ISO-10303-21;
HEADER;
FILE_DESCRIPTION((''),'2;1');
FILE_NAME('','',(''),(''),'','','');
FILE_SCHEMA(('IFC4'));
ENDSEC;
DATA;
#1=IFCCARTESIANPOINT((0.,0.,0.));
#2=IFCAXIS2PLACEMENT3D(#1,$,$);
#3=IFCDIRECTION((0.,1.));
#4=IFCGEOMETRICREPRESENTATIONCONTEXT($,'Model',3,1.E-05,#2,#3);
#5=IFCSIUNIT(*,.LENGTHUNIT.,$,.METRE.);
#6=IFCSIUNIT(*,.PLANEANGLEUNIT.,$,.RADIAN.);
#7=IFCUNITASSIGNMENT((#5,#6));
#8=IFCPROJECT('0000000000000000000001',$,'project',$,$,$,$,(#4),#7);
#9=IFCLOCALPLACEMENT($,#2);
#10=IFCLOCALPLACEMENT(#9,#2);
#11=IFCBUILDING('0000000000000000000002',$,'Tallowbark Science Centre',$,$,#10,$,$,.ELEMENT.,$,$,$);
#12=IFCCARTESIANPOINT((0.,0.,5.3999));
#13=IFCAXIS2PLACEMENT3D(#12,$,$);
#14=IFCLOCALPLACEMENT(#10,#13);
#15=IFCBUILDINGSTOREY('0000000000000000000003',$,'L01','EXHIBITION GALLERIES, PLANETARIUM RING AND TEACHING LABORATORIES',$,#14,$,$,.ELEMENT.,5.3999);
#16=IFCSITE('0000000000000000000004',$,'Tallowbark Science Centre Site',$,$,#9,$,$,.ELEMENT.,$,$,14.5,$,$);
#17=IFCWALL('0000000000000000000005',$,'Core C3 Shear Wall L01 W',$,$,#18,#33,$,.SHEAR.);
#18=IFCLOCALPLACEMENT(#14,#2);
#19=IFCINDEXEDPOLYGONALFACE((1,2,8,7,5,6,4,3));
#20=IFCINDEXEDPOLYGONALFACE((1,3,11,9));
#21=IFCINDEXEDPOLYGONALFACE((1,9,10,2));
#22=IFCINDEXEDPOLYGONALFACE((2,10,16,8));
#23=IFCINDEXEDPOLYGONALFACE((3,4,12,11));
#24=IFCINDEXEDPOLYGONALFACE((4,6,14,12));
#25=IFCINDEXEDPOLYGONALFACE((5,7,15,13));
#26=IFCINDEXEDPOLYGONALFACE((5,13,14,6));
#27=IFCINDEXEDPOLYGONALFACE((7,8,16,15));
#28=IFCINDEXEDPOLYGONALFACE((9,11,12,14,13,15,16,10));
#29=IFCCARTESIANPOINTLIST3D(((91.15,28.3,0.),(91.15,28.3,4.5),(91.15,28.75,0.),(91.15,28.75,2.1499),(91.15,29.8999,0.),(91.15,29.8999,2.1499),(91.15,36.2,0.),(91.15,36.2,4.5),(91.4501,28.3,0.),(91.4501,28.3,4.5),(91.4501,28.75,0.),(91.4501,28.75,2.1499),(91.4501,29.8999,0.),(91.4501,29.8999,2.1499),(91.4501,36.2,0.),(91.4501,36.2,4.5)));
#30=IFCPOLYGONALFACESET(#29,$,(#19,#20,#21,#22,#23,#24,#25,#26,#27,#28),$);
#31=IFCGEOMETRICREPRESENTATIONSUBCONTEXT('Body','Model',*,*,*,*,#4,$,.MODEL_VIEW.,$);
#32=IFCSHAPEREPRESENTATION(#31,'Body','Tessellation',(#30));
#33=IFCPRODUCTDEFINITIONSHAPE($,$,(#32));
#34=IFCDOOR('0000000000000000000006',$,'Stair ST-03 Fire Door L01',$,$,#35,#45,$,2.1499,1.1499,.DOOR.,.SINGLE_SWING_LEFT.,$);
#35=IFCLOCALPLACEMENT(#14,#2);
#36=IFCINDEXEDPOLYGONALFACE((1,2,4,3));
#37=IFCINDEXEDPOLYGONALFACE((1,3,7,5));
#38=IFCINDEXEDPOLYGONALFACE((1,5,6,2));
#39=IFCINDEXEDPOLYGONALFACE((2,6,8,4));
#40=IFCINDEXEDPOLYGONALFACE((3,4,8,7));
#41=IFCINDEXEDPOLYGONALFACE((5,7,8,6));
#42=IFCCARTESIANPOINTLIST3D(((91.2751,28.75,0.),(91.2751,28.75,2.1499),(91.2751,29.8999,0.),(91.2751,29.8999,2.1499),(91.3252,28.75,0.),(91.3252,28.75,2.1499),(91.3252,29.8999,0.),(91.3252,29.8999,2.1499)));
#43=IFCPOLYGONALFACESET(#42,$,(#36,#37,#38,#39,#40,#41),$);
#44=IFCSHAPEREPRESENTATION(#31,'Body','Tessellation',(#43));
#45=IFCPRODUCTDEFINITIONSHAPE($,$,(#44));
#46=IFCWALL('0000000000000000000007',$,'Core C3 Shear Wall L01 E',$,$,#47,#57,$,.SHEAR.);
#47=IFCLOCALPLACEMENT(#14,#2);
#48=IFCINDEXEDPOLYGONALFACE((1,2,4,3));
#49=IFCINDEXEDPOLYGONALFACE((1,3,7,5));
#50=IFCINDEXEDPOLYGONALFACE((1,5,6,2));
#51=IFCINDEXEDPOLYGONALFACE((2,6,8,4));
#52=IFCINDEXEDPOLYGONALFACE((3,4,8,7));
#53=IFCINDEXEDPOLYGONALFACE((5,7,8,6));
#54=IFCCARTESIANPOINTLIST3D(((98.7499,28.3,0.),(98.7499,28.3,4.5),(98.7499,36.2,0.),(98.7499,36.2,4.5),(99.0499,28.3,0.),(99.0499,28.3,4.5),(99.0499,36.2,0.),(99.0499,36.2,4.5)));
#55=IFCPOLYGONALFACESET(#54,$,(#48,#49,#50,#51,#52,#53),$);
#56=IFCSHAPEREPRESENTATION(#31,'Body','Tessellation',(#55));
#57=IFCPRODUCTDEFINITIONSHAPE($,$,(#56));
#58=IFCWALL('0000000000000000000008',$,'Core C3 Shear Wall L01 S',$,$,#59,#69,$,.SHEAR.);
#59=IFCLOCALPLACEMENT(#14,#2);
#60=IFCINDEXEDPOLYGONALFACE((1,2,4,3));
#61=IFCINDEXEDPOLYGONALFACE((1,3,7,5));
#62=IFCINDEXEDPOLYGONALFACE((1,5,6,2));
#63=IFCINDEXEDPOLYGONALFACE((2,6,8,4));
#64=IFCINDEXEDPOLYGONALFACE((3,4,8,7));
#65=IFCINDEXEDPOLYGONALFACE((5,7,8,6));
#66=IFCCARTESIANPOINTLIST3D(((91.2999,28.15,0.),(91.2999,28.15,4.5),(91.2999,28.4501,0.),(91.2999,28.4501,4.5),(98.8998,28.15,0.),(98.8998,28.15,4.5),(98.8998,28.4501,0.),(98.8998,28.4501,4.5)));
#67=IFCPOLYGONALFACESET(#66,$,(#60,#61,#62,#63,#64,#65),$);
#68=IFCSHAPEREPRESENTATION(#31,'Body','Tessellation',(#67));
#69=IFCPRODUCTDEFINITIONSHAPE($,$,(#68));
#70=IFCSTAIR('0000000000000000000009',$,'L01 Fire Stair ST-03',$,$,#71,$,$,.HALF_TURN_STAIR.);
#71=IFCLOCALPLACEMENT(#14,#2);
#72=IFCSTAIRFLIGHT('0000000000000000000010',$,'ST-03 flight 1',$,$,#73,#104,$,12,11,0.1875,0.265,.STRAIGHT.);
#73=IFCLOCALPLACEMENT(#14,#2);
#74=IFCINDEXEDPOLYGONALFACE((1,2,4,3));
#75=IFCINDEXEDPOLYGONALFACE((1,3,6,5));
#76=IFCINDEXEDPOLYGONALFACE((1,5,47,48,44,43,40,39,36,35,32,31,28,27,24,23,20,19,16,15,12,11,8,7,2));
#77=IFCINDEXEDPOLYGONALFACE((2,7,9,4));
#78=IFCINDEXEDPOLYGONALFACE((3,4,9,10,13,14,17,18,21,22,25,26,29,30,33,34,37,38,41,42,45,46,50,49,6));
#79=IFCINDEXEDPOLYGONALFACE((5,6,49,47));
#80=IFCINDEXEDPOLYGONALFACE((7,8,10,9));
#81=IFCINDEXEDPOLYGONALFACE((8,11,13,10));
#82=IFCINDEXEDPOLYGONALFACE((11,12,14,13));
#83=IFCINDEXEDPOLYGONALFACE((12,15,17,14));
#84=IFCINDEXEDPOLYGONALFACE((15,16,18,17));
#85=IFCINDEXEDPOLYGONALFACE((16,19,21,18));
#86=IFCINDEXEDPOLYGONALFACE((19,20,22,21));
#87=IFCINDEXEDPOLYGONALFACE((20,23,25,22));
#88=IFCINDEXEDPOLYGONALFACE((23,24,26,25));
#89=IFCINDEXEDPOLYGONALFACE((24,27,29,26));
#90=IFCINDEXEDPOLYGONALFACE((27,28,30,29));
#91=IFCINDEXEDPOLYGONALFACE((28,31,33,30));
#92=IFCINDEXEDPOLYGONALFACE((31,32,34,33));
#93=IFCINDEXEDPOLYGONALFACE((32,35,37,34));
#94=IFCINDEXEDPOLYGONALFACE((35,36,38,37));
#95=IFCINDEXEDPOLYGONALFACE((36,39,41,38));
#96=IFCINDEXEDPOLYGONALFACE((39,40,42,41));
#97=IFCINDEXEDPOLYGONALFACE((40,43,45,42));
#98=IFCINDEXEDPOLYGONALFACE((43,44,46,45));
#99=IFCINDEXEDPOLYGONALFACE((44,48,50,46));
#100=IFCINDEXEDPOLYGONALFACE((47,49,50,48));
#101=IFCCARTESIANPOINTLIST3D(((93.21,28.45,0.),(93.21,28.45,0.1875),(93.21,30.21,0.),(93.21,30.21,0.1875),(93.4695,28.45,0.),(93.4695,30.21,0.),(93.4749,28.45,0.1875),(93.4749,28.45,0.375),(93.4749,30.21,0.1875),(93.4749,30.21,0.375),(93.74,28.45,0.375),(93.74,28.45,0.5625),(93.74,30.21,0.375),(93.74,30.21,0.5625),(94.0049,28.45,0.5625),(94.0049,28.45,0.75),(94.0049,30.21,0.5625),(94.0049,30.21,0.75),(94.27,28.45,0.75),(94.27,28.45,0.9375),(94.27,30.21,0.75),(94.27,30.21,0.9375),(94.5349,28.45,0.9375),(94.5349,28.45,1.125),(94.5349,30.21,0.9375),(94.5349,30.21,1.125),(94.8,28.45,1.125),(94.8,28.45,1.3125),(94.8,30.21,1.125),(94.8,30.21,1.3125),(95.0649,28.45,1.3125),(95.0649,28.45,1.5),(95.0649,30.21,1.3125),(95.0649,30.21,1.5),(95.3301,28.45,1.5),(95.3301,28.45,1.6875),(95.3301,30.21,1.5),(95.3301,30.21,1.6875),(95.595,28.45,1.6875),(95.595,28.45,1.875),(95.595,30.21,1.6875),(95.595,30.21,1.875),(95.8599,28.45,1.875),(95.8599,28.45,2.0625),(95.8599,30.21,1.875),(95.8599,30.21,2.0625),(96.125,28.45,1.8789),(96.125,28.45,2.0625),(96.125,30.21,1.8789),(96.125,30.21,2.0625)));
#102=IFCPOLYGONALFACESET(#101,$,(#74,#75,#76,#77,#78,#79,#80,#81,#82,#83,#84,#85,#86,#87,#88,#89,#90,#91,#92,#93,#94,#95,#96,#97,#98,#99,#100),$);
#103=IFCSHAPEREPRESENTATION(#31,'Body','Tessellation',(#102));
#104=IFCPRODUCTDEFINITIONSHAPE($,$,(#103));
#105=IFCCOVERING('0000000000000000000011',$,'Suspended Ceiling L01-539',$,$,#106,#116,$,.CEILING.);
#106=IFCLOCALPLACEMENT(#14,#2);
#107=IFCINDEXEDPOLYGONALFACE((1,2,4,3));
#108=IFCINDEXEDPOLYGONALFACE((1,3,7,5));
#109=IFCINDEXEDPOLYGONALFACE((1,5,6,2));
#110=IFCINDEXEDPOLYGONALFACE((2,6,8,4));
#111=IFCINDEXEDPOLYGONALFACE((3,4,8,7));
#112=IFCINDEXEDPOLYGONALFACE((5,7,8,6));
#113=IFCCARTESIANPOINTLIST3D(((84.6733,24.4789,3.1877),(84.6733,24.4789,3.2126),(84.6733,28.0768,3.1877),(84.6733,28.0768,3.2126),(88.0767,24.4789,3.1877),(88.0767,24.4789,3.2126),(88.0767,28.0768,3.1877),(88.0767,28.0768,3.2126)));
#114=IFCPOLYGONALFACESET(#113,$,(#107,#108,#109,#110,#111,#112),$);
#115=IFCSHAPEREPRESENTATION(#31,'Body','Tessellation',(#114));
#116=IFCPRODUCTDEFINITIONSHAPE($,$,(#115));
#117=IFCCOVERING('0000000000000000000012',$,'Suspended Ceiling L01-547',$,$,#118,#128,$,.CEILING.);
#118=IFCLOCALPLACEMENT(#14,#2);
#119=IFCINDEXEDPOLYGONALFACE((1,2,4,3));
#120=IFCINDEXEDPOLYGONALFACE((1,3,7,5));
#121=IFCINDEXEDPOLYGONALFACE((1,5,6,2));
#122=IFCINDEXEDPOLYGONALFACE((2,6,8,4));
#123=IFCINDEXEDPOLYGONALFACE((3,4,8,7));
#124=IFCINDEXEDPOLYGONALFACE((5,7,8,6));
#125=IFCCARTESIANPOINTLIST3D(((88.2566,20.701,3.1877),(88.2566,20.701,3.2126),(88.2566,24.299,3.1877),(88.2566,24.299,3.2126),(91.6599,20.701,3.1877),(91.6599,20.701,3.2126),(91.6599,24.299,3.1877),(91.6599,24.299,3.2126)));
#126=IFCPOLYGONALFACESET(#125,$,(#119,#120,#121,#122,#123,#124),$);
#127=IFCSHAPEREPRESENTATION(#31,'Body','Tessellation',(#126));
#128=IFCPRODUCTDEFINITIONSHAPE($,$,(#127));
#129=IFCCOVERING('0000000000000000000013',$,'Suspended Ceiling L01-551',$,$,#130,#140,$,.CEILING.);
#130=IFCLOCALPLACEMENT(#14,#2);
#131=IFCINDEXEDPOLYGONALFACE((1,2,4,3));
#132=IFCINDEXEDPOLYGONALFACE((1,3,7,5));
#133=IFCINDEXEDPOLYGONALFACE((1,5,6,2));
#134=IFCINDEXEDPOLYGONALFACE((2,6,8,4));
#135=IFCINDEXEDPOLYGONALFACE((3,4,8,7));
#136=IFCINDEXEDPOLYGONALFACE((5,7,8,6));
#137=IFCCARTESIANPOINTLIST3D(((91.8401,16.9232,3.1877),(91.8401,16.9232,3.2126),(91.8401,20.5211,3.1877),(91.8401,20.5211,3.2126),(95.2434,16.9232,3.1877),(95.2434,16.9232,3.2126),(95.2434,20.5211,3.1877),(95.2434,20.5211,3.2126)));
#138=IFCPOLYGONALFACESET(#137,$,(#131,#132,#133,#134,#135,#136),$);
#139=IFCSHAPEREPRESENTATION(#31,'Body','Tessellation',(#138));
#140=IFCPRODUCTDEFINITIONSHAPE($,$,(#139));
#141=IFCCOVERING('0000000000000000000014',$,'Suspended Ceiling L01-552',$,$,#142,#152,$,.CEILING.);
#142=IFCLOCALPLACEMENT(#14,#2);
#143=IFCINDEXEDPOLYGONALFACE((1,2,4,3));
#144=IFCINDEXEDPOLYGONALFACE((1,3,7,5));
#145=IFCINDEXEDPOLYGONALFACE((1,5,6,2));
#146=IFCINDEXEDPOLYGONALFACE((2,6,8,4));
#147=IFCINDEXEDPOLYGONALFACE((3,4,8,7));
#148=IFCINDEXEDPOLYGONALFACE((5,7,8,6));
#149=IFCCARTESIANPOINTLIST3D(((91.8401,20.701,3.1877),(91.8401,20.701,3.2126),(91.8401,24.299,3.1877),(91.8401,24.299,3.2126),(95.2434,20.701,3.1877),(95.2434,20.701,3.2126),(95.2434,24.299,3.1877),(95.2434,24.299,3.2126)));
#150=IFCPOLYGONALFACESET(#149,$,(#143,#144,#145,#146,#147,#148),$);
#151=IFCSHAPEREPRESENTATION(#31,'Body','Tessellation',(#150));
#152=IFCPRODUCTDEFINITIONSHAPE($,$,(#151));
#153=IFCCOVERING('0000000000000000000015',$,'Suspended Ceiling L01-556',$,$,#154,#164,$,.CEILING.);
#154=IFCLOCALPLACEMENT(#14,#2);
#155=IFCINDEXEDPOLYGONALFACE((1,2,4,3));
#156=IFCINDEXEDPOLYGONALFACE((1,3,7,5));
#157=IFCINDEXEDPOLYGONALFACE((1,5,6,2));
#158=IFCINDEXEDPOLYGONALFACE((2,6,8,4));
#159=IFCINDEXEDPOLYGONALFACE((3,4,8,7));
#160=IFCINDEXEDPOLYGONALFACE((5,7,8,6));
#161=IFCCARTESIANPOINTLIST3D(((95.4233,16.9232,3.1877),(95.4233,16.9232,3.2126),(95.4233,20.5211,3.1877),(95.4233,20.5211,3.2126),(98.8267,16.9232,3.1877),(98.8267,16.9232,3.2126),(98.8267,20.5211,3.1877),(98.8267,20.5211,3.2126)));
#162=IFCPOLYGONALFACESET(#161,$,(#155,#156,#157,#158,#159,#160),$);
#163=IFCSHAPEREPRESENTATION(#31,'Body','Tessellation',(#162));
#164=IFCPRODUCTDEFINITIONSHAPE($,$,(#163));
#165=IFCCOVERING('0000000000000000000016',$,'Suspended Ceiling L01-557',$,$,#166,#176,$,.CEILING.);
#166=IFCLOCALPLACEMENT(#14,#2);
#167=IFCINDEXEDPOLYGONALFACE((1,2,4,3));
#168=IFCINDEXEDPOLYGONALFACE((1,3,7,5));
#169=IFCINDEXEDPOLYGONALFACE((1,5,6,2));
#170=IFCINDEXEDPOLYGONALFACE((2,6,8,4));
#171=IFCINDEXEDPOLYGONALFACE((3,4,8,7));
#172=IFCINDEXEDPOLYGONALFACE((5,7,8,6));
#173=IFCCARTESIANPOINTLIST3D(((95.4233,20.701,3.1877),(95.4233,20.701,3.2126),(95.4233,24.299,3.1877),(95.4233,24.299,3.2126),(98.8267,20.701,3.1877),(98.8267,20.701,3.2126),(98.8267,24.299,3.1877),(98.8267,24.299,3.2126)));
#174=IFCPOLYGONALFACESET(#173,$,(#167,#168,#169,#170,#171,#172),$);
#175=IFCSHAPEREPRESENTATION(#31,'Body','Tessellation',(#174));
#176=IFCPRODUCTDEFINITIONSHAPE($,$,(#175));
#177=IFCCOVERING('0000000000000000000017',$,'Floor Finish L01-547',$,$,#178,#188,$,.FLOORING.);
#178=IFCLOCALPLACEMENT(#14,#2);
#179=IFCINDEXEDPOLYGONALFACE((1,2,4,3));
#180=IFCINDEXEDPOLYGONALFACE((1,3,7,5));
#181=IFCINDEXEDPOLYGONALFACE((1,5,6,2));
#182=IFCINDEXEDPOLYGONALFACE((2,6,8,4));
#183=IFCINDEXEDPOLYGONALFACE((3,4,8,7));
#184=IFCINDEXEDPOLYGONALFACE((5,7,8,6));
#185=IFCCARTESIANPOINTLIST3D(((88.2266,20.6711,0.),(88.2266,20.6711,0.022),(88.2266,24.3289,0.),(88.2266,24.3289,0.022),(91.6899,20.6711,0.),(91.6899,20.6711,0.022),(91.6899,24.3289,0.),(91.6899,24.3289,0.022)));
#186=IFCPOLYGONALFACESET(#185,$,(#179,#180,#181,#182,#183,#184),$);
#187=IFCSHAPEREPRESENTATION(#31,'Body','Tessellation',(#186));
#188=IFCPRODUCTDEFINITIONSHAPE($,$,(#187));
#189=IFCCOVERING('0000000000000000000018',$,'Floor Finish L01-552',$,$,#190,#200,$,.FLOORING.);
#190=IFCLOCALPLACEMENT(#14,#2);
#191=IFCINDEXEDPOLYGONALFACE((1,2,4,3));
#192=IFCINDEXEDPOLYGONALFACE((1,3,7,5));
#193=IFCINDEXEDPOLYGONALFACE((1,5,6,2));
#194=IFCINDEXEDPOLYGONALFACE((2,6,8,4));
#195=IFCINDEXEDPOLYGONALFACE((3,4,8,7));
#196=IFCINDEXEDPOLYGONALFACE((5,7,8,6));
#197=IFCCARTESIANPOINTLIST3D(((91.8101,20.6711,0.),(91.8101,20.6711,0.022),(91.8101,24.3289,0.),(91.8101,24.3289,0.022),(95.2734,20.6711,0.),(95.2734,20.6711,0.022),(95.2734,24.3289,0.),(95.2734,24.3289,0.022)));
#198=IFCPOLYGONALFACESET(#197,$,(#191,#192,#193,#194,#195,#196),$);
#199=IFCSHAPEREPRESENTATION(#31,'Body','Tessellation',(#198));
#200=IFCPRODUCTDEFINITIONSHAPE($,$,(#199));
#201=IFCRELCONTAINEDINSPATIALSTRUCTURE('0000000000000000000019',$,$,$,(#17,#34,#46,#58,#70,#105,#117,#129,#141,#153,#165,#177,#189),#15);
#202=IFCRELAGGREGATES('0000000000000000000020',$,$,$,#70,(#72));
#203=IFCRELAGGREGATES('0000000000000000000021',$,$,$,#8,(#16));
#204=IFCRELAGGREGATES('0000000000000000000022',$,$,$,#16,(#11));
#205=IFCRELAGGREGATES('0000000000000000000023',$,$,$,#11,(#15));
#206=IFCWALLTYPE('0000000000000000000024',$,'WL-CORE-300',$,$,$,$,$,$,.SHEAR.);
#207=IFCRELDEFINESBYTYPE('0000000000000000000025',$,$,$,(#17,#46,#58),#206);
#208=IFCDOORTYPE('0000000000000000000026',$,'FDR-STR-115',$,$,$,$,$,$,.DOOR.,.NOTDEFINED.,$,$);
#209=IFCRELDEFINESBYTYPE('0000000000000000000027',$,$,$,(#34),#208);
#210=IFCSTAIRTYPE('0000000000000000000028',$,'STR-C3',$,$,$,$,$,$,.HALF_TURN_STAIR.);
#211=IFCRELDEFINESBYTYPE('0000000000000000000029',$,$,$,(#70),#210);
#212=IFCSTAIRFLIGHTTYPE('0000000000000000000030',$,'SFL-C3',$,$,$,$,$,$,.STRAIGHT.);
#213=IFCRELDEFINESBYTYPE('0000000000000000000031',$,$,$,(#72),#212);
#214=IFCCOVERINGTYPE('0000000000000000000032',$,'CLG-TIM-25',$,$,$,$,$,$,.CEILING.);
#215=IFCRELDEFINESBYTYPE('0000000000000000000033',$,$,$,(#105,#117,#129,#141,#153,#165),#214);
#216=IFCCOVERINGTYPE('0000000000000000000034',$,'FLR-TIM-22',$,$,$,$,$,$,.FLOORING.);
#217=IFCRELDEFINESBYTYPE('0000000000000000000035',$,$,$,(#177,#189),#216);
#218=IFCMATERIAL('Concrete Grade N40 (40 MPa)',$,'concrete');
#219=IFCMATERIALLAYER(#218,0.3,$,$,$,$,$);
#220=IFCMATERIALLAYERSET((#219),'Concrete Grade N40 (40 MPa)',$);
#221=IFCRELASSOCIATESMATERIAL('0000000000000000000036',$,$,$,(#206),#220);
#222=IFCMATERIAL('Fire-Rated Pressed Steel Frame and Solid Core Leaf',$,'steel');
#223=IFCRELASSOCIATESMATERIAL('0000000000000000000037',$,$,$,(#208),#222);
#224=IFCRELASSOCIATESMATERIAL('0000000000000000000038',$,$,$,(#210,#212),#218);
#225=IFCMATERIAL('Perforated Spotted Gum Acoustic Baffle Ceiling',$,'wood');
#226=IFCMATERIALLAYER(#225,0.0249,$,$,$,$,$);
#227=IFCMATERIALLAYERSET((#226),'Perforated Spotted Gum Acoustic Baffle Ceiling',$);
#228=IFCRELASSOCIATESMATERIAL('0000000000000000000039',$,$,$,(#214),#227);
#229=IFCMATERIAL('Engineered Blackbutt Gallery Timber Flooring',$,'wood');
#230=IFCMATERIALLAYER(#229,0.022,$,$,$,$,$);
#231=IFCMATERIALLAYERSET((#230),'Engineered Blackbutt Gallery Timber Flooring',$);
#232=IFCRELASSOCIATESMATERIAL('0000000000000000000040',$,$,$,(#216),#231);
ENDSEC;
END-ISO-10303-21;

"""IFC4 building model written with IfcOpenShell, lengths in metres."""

from ifc_helpers import new_model, si_unit, direction, frame, frame_2d, origin, origin_2d, place, context, subcontext, project, spatial, polyline, rectangle, outline, extrude, material, layer, layer_set, type_object, element, fill, aggregate, save


model = new_model("IFC4")

# Units and contexts
model_context = context("Model", 3, precision=1e-05, world=origin(), true_north=direction((0.0, 1.0)))
body_context = subcontext(model_context, "Body", "Model", "MODEL_VIEW")
ifc_project = project(units=[si_unit("LENGTHUNIT", "METRE"), si_unit("PLANEANGLEUNIT", "RADIAN")], contexts=[model_context])

# Site, building, storey
site_placement = place(None, origin())
site = spatial("IfcSite", under=ifc_project, at=site_placement, Name="Tallowbark Science Centre Site", CompositionType="ELEMENT", RefElevation=14.5)
building_placement = place(site_placement, origin())
building = spatial("IfcBuilding", under=site, at=building_placement, Name="Tallowbark Science Centre", CompositionType="ELEMENT")
storey_placement = place(building_placement, frame((0.0, 0.0, 5.3999)))
storey = spatial("IfcBuildingStorey", under=building, at=storey_placement, Name="L01", Description="EXHIBITION GALLERIES, PLANETARIUM RING AND TEACHING LABORATORIES", CompositionType="ELEMENT", Elevation=5.3999)

# Shared definitions
ifc_material_1 = material(Name="Concrete Grade N40 (40 MPa)", Category="concrete")

# Wall, opening, door
ifc_layer_1 = layer(ifc_material_1, 0.3)
ifc_layer_set_1 = layer_set([ifc_layer_1], Name="Concrete Grade N40 (40 MPa)")
wall_type_1 = type_object("IfcWallType", Name="WL-CORE-300", PredefinedType="SHEAR", material=ifc_layer_set_1)
wall_1_placement = place(storey_placement, frame((91.3, 28.3, 0.0), z_axis=(0.0, 0.0, 1.0), x_axis=(0.0, 1.0, 0.0)))
wall_1 = element("IfcWall", 1, at=wall_1_placement, inside=storey, type_object=wall_type_1, Name="Core C3 Shear Wall L01 W", PredefinedType="SHEAR", context=body_context, shape_type="SweptSolid", body=[
    extrude(rectangle(XDim=7.8999, YDim=0.3, at=frame_2d((3.95, 0.0))), origin(), (0.0, 0.0, 1.0), 4.5),
])
opening_placement = place(wall_1_placement, frame((0.45, 0.0, 0.0)))
opening = element("IfcOpeningElement", 2, at=opening_placement, cuts=wall_1, PredefinedType="OPENING", context=body_context, shape_type="SweptSolid", body=[
    extrude(rectangle(XDim=1.1499, YDim=2.1499, at=frame_2d((0.575, 1.075))), frame((0.0, 0.1602, 0.0), z_axis=(0.0, -1.0, 0.0), x_axis=(1.0, 0.0, 0.0)), (0.0, 0.0, 1.0), 0.3201),
])
ifc_material_2 = material(Name="Fire-Rated Pressed Steel Frame and Solid Core Leaf", Category="steel")
door_type = type_object("IfcDoorType", Name="FDR-STR-115", OperationType="NOTDEFINED", PredefinedType="DOOR", material=ifc_material_2)
door_placement = place(opening_placement, origin())
door = element("IfcDoor", 3, at=door_placement, inside=storey, type_object=door_type, Name="Stair ST-03 Fire Door L01", OperationType="SINGLE_SWING_LEFT", OverallHeight=2.1499, OverallWidth=1.1499, PredefinedType="DOOR", context=body_context, shape_type="SweptSolid", body=[
    extrude(rectangle(XDim=1.1499, YDim=2.1499, at=frame_2d((0.575, 1.075))), frame((0.0, 0.0249, 0.0), z_axis=(0.0, -1.0, 0.0), x_axis=(1.0, 0.0, 0.0)), (0.0, 0.0, 1.0), 0.05),
])
fill(opening, door)

# Walls
wall_2_placement = place(storey_placement, frame((98.8999, 28.3, 0.0), z_axis=(0.0, 0.0, 1.0), x_axis=(0.0, 1.0, 0.0)))
element("IfcWall", 4, at=wall_2_placement, inside=storey, type_object=wall_type_1, Name="Core C3 Shear Wall L01 E", PredefinedType="SHEAR", context=body_context, shape_type="SweptSolid", body=[
    extrude(rectangle(XDim=7.8999, YDim=0.3, at=frame_2d((3.95, 0.0))), origin(), (0.0, 0.0, 1.0), 4.5),
])
wall_3_placement = place(storey_placement, frame((91.3, 28.3, 0.0), z_axis=(0.0, 0.0, 1.0), x_axis=(1.0, 0.0, 0.0)))
element("IfcWall", 5, at=wall_3_placement, inside=storey, type_object=wall_type_1, Name="Core C3 Shear Wall L01 S", PredefinedType="SHEAR", context=body_context, shape_type="SweptSolid", body=[
    extrude(rectangle(XDim=7.5999, YDim=0.3, at=frame_2d((3.7998, 0.0))), origin(), (0.0, 0.0, 1.0), 4.5),
])

# Stair, stair flight
stair_type = type_object("IfcStairType", Name="STR-C3", PredefinedType="HALF_TURN_STAIR", material=ifc_material_1)
stair_placement = place(storey_placement, origin())
stair = element("IfcStair", 6, at=stair_placement, inside=storey, type_object=stair_type, Name="L01 Fire Stair ST-03", PredefinedType="HALF_TURN_STAIR")
stair_flight_type = type_object("IfcStairFlightType", Name="SFL-C3", PredefinedType="STRAIGHT", material=ifc_material_1)
stair_flight_placement = place(storey_placement, frame((93.21, 29.3301, 0.0), z_axis=(0.0, 0.0, 1.0), x_axis=(1.0, 0.0, 0.0)))
stair_flight = element("IfcStairFlight", 7, at=stair_flight_placement, type_object=stair_flight_type, Name="ST-03 flight 1", NumberOfRisers=12, NumberOfTreads=11, PredefinedType="STRAIGHT", RiserHeight=0.1875, TreadLength=0.265, context=body_context, shape_type="SweptSolid", body=[
    extrude(outline(polyline([(0.0, 0.0), (0.0, 0.1875), (0.2649, 0.1875), (0.2649, 0.375), (0.53, 0.375), (0.53, 0.5625), (0.7949, 0.5625), (0.7949, 0.75), (1.0601, 0.75), (1.0601, 0.9375), (1.325, 0.9375), (1.325, 1.125), (1.5901, 1.125), (1.5901, 1.3125), (1.855, 1.3125), (1.855, 1.5), (2.1201, 1.5), (2.1201, 1.6875), (2.385, 1.6875), (2.385, 1.875), (2.6499, 1.875), (2.6499, 2.0625), (2.915, 2.0625), (2.915, 2.25), (2.915, 1.8789), (0.2595, 0.0), (0.0, 0.0)])), frame((0.0, 0.8799, 0.0), z_axis=(0.0, -1.0, 0.0), x_axis=(1.0, 0.0, 0.0)), (0.0, 0.0, 1.0), 1.76),
])
aggregate(stair, [stair_flight])

# Coverings
ifc_material_3 = material(Name="Perforated Spotted Gum Acoustic Baffle Ceiling", Category="wood")
ifc_layer_2 = layer(ifc_material_3, 0.0249)
ifc_layer_set_2 = layer_set([ifc_layer_2], Name="Perforated Spotted Gum Acoustic Baffle Ceiling")
covering_type_1 = type_object("IfcCoveringType", Name="CLG-TIM-25", PredefinedType="CEILING", material=ifc_layer_set_2)
for number, where, z_axis, x_axis, name in (
    (8, (86.375, 26.2778, 3.1877), (0.0, 0.0, 1.0), (1.0, 0.0, 0.0), "Suspended Ceiling L01-539"),
    (9, (89.9583, 22.5, 3.1877), (0.0, 0.0, 1.0), (1.0, 0.0, 0.0), "Suspended Ceiling L01-547"),
    (10, (93.5417, 18.7222, 3.1877), (0.0, 0.0, 1.0), (1.0, 0.0, 0.0), "Suspended Ceiling L01-551"),
    (11, (93.5417, 22.5, 3.1877), (0.0, 0.0, 1.0), (1.0, 0.0, 0.0), "Suspended Ceiling L01-552"),
    (12, (97.125, 18.7222, 3.1877), (0.0, 0.0, 1.0), (1.0, 0.0, 0.0), "Suspended Ceiling L01-556"),
    (13, (97.125, 22.5, 3.1877), (0.0, 0.0, 1.0), (1.0, 0.0, 0.0), "Suspended Ceiling L01-557"),
):
    element("IfcCovering", number, at=place(storey_placement, frame(where, z_axis=z_axis, x_axis=x_axis)), inside=storey, type_object=covering_type_1, Name=name, PredefinedType="CEILING", context=body_context, shape_type="SweptSolid", body=[
        extrude(rectangle(XDim=3.4033, YDim=3.5979, at=origin_2d()), origin(), (0.0, 0.0, 1.0), 0.0249),
    ])
ifc_material_4 = material(Name="Engineered Blackbutt Gallery Timber Flooring", Category="wood")
ifc_layer_3 = layer(ifc_material_4, 0.022)
ifc_layer_set_3 = layer_set([ifc_layer_3], Name="Engineered Blackbutt Gallery Timber Flooring")
covering_type_2 = type_object("IfcCoveringType", Name="FLR-TIM-22", PredefinedType="FLOORING", material=ifc_layer_set_3)
for number, where, z_axis, x_axis, name in (
    (14, (89.9583, 22.5, 0.0), (0.0, 0.0, 1.0), (1.0, 0.0, 0.0), "Floor Finish L01-547"),
    (15, (93.5417, 22.5, 0.0), (0.0, 0.0, 1.0), (1.0, 0.0, 0.0), "Floor Finish L01-552"),
):
    element("IfcCovering", number, at=place(storey_placement, frame(where, z_axis=z_axis, x_axis=x_axis)), inside=storey, type_object=covering_type_2, Name=name, PredefinedType="FLOORING", context=body_context, shape_type="SweptSolid", body=[
        extrude(rectangle(XDim=3.4634, YDim=3.6577, at=origin_2d()), origin(), (0.0, 0.0, 1.0), 0.022),
    ])

save(model, "model.ifc")
